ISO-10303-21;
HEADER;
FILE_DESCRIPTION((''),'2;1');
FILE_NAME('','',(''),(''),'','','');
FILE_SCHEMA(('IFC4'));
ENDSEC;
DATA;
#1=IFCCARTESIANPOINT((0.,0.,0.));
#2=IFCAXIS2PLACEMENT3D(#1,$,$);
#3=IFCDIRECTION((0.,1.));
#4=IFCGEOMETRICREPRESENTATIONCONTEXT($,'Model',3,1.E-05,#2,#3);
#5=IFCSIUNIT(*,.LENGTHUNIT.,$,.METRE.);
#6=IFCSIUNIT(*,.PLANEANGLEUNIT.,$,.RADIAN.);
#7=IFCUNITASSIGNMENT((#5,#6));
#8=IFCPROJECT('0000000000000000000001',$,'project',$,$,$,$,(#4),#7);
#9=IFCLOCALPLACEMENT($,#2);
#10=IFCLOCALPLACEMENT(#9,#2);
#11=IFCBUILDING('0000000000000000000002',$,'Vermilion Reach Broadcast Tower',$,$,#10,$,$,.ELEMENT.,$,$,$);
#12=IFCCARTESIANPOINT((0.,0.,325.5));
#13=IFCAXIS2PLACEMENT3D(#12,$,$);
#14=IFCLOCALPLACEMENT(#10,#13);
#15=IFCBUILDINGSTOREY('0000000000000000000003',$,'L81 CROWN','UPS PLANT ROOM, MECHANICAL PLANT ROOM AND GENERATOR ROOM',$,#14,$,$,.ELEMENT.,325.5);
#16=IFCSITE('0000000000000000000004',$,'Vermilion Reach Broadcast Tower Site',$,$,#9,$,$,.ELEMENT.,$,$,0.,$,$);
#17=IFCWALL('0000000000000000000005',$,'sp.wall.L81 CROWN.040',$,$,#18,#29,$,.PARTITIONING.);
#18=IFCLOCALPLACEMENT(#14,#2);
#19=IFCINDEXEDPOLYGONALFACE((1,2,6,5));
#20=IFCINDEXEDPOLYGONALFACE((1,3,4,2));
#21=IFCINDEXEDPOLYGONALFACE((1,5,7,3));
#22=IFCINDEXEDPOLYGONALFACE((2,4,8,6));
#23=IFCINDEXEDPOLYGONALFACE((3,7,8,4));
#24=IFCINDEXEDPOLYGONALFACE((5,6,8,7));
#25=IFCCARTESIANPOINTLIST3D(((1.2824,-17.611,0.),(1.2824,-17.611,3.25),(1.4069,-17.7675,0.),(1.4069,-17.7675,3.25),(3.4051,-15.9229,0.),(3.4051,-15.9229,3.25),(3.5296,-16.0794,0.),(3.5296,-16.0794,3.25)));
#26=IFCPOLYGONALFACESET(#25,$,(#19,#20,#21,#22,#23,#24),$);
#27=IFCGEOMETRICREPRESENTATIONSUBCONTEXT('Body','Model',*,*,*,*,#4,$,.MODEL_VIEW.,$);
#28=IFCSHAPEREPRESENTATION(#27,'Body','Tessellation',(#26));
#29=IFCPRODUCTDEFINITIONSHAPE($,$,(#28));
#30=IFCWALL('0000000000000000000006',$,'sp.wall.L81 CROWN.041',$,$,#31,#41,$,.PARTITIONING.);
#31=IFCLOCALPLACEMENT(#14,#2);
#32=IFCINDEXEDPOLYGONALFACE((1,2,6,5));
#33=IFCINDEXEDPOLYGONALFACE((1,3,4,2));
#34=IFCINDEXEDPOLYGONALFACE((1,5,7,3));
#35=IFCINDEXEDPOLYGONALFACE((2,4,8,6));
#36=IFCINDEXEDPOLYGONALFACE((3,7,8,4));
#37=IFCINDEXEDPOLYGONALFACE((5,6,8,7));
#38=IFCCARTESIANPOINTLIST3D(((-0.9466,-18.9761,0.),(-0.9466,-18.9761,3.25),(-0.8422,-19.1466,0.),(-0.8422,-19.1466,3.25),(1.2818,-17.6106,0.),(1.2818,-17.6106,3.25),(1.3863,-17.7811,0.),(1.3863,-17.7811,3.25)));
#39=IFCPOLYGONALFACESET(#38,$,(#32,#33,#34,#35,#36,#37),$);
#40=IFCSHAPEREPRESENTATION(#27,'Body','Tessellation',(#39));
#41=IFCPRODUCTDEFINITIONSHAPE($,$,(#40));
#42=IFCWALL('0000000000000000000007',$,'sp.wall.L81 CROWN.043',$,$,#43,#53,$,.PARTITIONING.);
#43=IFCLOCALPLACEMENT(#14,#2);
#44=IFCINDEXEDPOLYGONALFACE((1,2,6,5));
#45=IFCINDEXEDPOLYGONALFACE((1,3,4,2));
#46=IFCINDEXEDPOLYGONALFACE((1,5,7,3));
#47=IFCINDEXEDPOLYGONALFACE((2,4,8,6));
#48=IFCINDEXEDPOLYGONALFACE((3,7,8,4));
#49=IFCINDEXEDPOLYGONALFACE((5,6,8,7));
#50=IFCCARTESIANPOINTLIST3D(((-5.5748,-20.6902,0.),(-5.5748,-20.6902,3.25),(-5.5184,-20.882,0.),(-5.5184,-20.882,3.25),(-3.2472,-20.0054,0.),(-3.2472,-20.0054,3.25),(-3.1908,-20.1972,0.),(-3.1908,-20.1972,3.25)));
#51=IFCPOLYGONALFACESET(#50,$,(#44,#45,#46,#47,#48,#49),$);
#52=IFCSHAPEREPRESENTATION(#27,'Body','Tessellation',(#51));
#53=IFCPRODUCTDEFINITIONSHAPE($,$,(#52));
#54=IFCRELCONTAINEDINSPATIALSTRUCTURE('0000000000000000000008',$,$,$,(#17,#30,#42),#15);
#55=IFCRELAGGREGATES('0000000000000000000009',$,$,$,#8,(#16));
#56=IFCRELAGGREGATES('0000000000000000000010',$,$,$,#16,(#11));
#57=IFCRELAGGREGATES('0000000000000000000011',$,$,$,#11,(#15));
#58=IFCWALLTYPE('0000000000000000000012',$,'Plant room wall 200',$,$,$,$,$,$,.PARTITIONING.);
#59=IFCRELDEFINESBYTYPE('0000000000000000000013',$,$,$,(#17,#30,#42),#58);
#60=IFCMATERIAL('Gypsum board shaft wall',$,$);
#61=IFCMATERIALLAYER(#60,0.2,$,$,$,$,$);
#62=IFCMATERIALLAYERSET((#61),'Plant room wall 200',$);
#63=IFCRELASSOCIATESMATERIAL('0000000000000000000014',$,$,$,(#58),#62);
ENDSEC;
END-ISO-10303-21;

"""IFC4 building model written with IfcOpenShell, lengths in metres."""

from ifc_helpers import new_model, si_unit, direction, frame, frame_2d, origin, place, context, subcontext, project, spatial, rectangle, extrude, material, layer, layer_set, type_object, element, save


model = new_model("IFC4")

# Units and contexts
model_context = context("Model", 3, precision=1e-05, world=origin(), true_north=direction((0.0, 1.0)))
body_context = subcontext(model_context, "Body", "Model", "MODEL_VIEW")
ifc_project = project(units=[si_unit("LENGTHUNIT", "METRE"), si_unit("PLANEANGLEUNIT", "RADIAN")], contexts=[model_context])

# Site, building, storey
site_placement = place(None, origin())
site = spatial("IfcSite", under=ifc_project, at=site_placement, Name="Vermilion Reach Broadcast Tower Site", CompositionType="ELEMENT", RefElevation=0.0)
building_placement = place(site_placement, origin())
building = spatial("IfcBuilding", under=site, at=building_placement, Name="Vermilion Reach Broadcast Tower", CompositionType="ELEMENT")
storey_placement = place(building_placement, frame((0.0, 0.0, 325.5)))
storey = spatial("IfcBuildingStorey", under=building, at=storey_placement, Name="L81 CROWN", Description="UPS PLANT ROOM, MECHANICAL PLANT ROOM AND GENERATOR ROOM", CompositionType="ELEMENT", Elevation=325.5)

# Walls
ifc_material_1 = material(Name="Gypsum board shaft wall")
ifc_layer_1 = layer(ifc_material_1, 0.2)
ifc_layer_set_1 = layer_set([ifc_layer_1], Name="Plant room wall 200")
wall_type = type_object("IfcWallType", Name="Plant room wall 200", PredefinedType="PARTITIONING", material=ifc_layer_set_1)
wall_1_placement = place(storey_placement, frame((1.3447, -17.6892, 0.0), z_axis=(0.0, 0.0, 1.0), x_axis=(0.782666, 0.622442, 0.0)))
element("IfcWall", 1, at=wall_1_placement, inside=storey, type_object=wall_type, Name="sp.wall.L81 CROWN.040", PredefinedType="PARTITIONING", context=body_context, shape_type="SweptSolid", body=[
    extrude(rectangle(XDim=2.7122, YDim=0.2, at=frame_2d((1.356, 0.0))), origin(), (0.0, 0.0, 1.0), 3.25),
])
wall_2_placement = place(storey_placement, frame((-0.8943, -19.0613, 0.0), z_axis=(0.0, 0.0, 1.0), x_axis=(0.852667, 0.522455, 0.0)))
element("IfcWall", 2, at=wall_2_placement, inside=storey, type_object=wall_type, Name="sp.wall.L81 CROWN.041", PredefinedType="PARTITIONING", context=body_context, shape_type="SweptSolid", body=[
    extrude(rectangle(XDim=2.6135, YDim=0.2, at=frame_2d((1.3066, 0.0))), origin(), (0.0, 0.0, 1.0), 3.25),
])

# Wall
wall_3_placement = place(storey_placement, frame((-5.5466, -20.7861, 0.0), z_axis=(0.0, 0.0, 1.0), x_axis=(0.959341, 0.282248, 0.0)))
element("IfcWall", 3, at=wall_3_placement, inside=storey, type_object=wall_type, Name="sp.wall.L81 CROWN.043", PredefinedType="PARTITIONING", context=body_context, shape_type="SweptSolid", body=[
    extrude(rectangle(XDim=2.4263, YDim=0.2, at=frame_2d((1.2131, 0.0))), origin(), (0.0, 0.0, 1.0), 3.25),
])

save(model, "model.ifc")
